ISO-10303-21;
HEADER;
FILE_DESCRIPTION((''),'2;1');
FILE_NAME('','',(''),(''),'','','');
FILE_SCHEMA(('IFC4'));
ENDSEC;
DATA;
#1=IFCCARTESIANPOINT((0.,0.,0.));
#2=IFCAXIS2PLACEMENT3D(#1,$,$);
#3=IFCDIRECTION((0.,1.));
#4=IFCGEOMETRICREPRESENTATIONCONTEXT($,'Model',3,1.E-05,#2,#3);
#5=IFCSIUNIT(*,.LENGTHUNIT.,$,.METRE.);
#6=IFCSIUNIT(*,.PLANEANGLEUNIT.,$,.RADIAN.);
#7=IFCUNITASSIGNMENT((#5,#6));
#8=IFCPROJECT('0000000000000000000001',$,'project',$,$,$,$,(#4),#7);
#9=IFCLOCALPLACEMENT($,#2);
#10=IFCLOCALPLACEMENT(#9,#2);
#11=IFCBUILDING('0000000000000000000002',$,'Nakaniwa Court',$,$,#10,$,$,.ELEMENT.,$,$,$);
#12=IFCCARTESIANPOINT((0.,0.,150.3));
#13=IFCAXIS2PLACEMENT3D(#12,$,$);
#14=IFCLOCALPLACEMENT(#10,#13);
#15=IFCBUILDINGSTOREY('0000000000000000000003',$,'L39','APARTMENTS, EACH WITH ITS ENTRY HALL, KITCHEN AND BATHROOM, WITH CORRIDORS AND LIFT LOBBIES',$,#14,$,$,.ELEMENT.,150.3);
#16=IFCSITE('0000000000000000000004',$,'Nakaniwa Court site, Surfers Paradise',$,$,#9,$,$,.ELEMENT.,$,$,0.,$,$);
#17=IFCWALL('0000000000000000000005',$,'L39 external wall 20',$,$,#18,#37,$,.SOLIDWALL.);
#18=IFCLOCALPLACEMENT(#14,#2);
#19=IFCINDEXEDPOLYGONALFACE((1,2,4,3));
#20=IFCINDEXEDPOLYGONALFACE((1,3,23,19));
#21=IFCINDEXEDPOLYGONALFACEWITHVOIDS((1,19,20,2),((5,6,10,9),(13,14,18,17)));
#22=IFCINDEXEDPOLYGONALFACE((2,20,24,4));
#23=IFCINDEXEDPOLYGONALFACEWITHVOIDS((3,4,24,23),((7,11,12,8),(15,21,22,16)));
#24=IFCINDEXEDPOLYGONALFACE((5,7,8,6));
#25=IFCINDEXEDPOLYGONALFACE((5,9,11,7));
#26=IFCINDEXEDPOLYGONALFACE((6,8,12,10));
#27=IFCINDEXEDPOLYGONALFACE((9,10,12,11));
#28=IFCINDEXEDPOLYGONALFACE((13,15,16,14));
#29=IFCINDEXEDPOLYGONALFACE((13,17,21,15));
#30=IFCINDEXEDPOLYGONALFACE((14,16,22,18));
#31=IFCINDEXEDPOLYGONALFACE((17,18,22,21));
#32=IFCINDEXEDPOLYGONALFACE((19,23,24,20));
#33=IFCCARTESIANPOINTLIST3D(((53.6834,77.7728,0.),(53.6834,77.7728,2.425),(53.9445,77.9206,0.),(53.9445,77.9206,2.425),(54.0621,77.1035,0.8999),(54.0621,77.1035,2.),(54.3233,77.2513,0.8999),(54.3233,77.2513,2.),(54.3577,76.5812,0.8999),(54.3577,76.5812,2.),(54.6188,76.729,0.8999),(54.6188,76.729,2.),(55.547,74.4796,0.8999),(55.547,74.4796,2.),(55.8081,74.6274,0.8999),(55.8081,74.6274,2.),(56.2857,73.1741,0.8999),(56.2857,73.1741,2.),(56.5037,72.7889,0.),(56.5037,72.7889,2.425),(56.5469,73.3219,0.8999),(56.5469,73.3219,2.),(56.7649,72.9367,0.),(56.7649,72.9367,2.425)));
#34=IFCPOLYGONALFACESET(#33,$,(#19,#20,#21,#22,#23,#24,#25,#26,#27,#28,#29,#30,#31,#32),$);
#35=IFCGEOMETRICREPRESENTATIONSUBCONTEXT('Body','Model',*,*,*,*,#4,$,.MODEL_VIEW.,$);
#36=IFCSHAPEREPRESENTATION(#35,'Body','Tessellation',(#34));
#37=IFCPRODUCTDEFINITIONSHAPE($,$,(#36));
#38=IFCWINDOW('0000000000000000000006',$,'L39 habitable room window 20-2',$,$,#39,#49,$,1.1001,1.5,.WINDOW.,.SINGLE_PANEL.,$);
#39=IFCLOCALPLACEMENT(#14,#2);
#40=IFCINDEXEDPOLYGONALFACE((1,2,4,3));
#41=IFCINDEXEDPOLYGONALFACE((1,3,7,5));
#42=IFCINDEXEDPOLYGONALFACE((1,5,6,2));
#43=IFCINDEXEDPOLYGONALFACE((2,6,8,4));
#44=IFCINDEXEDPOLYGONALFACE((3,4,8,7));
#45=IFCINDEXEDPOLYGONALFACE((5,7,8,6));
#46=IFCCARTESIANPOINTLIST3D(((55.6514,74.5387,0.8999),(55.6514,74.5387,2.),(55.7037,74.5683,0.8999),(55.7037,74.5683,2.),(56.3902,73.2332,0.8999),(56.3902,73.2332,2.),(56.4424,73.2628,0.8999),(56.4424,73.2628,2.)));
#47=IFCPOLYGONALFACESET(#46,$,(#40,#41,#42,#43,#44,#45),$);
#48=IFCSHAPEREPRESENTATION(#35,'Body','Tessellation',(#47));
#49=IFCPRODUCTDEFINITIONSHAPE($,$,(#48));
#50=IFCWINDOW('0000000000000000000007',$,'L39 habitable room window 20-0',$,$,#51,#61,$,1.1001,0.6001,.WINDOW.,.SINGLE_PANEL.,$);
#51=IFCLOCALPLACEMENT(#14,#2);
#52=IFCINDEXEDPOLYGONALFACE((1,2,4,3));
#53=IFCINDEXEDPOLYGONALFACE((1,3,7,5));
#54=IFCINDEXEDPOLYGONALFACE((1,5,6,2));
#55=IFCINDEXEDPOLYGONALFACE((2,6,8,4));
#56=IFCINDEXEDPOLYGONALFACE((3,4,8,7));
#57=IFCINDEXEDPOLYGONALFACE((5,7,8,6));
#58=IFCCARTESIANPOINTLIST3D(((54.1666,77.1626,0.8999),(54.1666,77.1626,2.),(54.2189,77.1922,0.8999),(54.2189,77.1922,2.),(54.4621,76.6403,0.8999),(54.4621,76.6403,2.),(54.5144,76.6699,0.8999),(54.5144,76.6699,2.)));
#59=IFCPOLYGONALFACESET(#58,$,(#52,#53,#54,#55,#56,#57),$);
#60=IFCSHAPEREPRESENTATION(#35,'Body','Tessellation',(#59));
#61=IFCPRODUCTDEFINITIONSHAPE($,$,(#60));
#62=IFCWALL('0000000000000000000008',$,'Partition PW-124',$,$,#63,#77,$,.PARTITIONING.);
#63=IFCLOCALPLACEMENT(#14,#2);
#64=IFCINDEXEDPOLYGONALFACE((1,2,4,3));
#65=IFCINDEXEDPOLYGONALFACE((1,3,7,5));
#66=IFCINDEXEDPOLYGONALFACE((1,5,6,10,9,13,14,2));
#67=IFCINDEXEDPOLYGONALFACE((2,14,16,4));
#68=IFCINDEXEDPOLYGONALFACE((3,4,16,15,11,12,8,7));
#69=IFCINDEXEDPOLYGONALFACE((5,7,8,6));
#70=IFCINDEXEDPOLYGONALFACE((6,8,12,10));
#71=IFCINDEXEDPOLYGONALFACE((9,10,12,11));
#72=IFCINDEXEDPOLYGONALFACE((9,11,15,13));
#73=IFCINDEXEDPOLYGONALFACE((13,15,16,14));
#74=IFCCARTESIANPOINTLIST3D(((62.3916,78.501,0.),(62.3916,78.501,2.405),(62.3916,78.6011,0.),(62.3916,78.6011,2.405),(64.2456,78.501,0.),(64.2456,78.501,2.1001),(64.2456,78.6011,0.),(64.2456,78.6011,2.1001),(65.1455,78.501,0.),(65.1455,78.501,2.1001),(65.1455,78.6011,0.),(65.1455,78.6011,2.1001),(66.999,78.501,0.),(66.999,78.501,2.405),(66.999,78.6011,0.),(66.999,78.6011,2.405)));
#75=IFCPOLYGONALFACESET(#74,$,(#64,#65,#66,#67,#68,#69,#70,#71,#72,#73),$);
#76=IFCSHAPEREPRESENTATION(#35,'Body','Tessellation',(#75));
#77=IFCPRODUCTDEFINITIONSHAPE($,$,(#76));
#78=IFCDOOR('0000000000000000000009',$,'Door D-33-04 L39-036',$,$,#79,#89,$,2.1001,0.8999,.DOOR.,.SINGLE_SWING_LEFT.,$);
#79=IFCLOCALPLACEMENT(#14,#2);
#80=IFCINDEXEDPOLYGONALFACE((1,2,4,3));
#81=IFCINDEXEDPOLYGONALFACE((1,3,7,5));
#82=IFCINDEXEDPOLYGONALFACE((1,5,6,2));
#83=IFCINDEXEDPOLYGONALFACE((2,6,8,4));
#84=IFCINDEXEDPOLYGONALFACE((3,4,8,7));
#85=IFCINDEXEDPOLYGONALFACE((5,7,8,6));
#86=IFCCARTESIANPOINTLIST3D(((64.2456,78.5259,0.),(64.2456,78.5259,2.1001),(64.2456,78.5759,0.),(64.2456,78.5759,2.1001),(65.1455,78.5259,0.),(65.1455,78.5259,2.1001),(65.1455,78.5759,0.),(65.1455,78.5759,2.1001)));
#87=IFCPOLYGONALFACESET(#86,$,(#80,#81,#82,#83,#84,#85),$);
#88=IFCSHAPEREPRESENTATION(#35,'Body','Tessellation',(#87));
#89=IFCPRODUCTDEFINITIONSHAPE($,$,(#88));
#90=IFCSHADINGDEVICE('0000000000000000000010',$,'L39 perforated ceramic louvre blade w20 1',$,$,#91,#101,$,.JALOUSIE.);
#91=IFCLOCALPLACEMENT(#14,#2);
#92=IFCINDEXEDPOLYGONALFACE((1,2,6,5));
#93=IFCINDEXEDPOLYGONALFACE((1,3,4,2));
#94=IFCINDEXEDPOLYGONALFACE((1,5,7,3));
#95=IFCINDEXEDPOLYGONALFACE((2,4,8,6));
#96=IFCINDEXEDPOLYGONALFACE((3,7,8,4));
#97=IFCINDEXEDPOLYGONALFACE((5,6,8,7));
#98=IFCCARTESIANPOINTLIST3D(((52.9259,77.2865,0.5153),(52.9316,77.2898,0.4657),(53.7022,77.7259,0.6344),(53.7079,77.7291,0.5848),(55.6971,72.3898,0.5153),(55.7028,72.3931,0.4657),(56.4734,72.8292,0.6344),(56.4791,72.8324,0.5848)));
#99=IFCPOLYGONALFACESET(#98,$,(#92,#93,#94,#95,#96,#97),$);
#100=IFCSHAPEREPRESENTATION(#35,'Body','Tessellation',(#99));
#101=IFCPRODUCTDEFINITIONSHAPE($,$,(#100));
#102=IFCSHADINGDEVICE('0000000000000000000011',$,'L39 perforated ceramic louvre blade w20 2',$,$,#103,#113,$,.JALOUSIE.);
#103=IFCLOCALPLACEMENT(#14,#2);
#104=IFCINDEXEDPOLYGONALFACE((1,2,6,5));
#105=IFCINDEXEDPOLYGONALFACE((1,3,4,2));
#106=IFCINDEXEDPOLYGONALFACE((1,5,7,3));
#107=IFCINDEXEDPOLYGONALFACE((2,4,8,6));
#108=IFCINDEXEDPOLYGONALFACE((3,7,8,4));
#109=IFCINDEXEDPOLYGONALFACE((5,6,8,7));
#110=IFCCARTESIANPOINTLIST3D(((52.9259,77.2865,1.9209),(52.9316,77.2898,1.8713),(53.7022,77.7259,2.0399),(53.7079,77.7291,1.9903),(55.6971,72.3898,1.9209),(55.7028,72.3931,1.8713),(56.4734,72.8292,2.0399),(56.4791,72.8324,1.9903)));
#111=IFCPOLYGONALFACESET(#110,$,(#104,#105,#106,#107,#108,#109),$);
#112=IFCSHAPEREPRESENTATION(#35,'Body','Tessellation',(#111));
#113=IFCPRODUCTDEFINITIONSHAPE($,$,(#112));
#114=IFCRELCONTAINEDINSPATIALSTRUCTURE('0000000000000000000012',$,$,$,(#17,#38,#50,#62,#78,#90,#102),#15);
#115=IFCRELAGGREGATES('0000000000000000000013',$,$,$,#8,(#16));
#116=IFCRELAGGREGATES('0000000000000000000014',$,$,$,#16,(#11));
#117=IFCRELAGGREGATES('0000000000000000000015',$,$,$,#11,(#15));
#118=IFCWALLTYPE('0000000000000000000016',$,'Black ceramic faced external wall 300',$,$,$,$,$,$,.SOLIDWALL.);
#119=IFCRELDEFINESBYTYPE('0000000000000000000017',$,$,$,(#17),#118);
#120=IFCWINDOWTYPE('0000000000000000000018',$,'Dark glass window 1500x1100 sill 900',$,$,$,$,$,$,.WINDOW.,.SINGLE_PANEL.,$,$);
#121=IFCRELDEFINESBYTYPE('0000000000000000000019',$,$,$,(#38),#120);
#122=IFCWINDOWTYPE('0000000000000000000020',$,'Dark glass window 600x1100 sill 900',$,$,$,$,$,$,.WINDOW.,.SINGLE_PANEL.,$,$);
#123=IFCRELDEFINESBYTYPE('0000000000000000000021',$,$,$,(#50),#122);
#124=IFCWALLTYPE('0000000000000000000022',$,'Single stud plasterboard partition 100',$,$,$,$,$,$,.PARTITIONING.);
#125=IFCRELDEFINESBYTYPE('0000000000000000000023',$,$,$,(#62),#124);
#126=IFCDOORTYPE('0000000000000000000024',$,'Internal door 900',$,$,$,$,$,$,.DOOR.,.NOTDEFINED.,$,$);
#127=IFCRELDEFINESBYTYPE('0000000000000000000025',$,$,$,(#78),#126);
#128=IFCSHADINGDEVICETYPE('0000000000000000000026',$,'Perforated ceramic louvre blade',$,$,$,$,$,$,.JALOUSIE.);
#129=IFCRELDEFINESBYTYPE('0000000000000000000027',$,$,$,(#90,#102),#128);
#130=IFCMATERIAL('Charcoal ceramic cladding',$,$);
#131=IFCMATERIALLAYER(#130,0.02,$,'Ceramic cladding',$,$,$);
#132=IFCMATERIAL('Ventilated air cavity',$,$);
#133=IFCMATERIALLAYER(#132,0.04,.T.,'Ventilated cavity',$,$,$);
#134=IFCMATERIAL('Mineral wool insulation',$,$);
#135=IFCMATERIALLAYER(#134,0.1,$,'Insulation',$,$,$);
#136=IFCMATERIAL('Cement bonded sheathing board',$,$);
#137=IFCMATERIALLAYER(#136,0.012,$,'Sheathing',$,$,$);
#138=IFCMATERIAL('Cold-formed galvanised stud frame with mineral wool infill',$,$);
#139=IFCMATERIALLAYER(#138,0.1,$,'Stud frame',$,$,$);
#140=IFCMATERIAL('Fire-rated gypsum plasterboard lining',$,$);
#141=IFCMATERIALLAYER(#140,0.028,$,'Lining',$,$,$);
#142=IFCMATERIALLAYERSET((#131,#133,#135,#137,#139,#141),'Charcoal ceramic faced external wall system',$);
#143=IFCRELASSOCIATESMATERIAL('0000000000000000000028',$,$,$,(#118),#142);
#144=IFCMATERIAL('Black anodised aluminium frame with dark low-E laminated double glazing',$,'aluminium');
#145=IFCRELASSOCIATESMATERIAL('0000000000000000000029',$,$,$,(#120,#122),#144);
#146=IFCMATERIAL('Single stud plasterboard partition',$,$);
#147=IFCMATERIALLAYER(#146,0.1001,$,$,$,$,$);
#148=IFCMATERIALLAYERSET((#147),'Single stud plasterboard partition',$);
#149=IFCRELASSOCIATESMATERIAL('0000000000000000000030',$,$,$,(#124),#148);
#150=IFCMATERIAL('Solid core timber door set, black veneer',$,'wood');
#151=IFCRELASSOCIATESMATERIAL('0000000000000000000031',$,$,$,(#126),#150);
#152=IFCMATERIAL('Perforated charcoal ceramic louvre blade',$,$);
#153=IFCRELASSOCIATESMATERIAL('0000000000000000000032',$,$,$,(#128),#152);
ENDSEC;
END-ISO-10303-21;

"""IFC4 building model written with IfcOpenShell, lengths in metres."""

from ifc_helpers import new_model, si_unit, direction, frame, frame_2d, origin, origin_2d, place, context, subcontext, project, spatial, rectangle, extrude, material, layer, layer_set, material_profile, profile_set, type_object, element, fill, save


model = new_model("IFC4")

# Units and contexts
model_context = context("Model", 3, precision=1e-05, world=origin(), true_north=direction((0.0, 1.0)))
body_context = subcontext(model_context, "Body", "Model", "MODEL_VIEW")
ifc_project = project(units=[si_unit("LENGTHUNIT", "METRE"), si_unit("PLANEANGLEUNIT", "RADIAN")], contexts=[model_context])

# Site, building, storey
site_placement = place(None, origin())
site = spatial("IfcSite", under=ifc_project, at=site_placement, Name="Nakaniwa Court site, Surfers Paradise", CompositionType="ELEMENT", RefElevation=0.0)
building_placement = place(site_placement, origin())
building = spatial("IfcBuilding", under=site, at=building_placement, Name="Nakaniwa Court", CompositionType="ELEMENT")
storey_placement = place(building_placement, frame((0.0, 0.0, 150.3)))
storey = spatial("IfcBuildingStorey", under=building, at=storey_placement, Name="L39", Description="APARTMENTS, EACH WITH ITS ENTRY HALL, KITCHEN AND BATHROOM, WITH CORRIDORS AND LIFT LOBBIES", CompositionType="ELEMENT", Elevation=150.3)

# Shared definitions
ifc_material_1 = material(Name="Charcoal ceramic cladding")
ifc_layer_1 = layer(ifc_material_1, 0.02, Name="Ceramic cladding")
ifc_material_2 = material(Name="Ventilated air cavity")
ifc_layer_2 = layer(ifc_material_2, 0.04, ventilated=True, Name="Ventilated cavity")
ifc_material_3 = material(Name="Mineral wool insulation")
ifc_layer_3 = layer(ifc_material_3, 0.1, Name="Insulation")
ifc_material_4 = material(Name="Cement bonded sheathing board")
ifc_layer_4 = layer(ifc_material_4, 0.012, Name="Sheathing")
ifc_material_5 = material(Name="Cold-formed galvanised stud frame with mineral wool infill")
ifc_layer_5 = layer(ifc_material_5, 0.1, Name="Stud frame")
ifc_material_6 = material(Name="Fire-rated gypsum plasterboard lining")
ifc_layer_6 = layer(ifc_material_6, 0.028, Name="Lining")
ifc_layer_set_1 = layer_set([ifc_layer_1, ifc_layer_2, ifc_layer_3, ifc_layer_4, ifc_layer_5, ifc_layer_6], Name="Charcoal ceramic faced external wall system")
wall_type_1 = type_object("IfcWallType", Name="Black ceramic faced external wall 300", PredefinedType="SOLIDWALL", material=ifc_layer_set_1)
ifc_material_7 = material(Name="Black anodised aluminium frame with dark low-E laminated double glazing", Category="aluminium")
window_type_1 = type_object("IfcWindowType", Name="Dark glass window 1500x1100 sill 900", PartitioningType="SINGLE_PANEL", PredefinedType="WINDOW", material=ifc_material_7)

# Wall, openings, windows
wall_1_placement = place(storey_placement, frame((53.814, 77.8467, 0.0), z_axis=(0.0, 0.0, 1.0), x_axis=(0.492498, -0.870313, 0.0)))
wall_1 = element("IfcWall", 1, at=wall_1_placement, inside=storey, type_object=wall_type_1, Name="L39 external wall 20", PredefinedType="SOLIDWALL", context=body_context, shape_type="SweptSolid", body=[
    extrude(rectangle(XDim=5.7266, YDim=0.3, at=frame_2d((2.8633, 0.0))), origin(), (0.0, 0.0, 1.0), 2.425),
])
opening_1_placement = place(wall_1_placement, frame((0.769, 0.0, 0.8999)))
opening_1 = element("IfcOpeningElement", 2, at=opening_1_placement, cuts=wall_1, PredefinedType="OPENING", context=body_context, shape_type="SweptSolid", body=[
    extrude(rectangle(XDim=0.6001, YDim=1.1001, at=frame_2d((0.3, 0.55))), frame((0.0, 0.1599, 0.0), z_axis=(0.0, -1.0, 0.0), x_axis=(1.0, 0.0, 0.0)), (0.0, 0.0, 1.0), 0.3201),
])
opening_2_placement = place(wall_1_placement, frame((3.7839, 0.0, 0.8999)))
opening_2 = element("IfcOpeningElement", 3, at=opening_2_placement, cuts=wall_1, PredefinedType="OPENING", context=body_context, shape_type="SweptSolid", body=[
    extrude(rectangle(XDim=1.5, YDim=1.1001, at=frame_2d((0.75, 0.55))), frame((0.0, 0.1599, 0.0), z_axis=(0.0, -1.0, 0.0), x_axis=(1.0, 0.0, 0.0)), (0.0, 0.0, 1.0), 0.3201),
])
window_1_placement = place(opening_2_placement, origin())
window_1 = element("IfcWindow", 4, at=window_1_placement, inside=storey, type_object=window_type_1, Name="L39 habitable room window 20-2", OverallHeight=1.1001, OverallWidth=1.5, PartitioningType="SINGLE_PANEL", PredefinedType="WINDOW", context=body_context, shape_type="SweptSolid", body=[
    extrude(rectangle(XDim=1.5, YDim=1.1001, at=frame_2d((0.75, 0.55))), frame((0.0, 0.03, 0.0), z_axis=(0.0, -1.0, 0.0), x_axis=(1.0, 0.0, 0.0)), (0.0, 0.0, 1.0), 0.0601),
])
fill(opening_2, window_1)
window_type_2 = type_object("IfcWindowType", Name="Dark glass window 600x1100 sill 900", PartitioningType="SINGLE_PANEL", PredefinedType="WINDOW", material=ifc_material_7)
window_2_placement = place(opening_1_placement, origin())
window_2 = element("IfcWindow", 5, at=window_2_placement, inside=storey, type_object=window_type_2, Name="L39 habitable room window 20-0", OverallHeight=1.1001, OverallWidth=0.6001, PartitioningType="SINGLE_PANEL", PredefinedType="WINDOW", context=body_context, shape_type="SweptSolid", body=[
    extrude(rectangle(XDim=0.6001, YDim=1.1001, at=frame_2d((0.3, 0.55))), frame((0.0, 0.03, 0.0), z_axis=(0.0, -1.0, 0.0), x_axis=(1.0, 0.0, 0.0)), (0.0, 0.0, 1.0), 0.0601),
])
fill(opening_1, window_2)

# Wall, opening, door
ifc_material_8 = material(Name="Single stud plasterboard partition")
ifc_layer_7 = layer(ifc_material_8, 0.1001)
ifc_layer_set_2 = layer_set([ifc_layer_7], Name="Single stud plasterboard partition")
wall_type_2 = type_object("IfcWallType", Name="Single stud plasterboard partition 100", PredefinedType="PARTITIONING", material=ifc_layer_set_2)
wall_2_placement = place(storey_placement, frame((62.3916, 78.551, 0.0), z_axis=(0.0, 0.0, 1.0), x_axis=(1.0, 0.0, 0.0)))
wall_2 = element("IfcWall", 6, at=wall_2_placement, inside=storey, type_object=wall_type_2, Name="Partition PW-124", PredefinedType="PARTITIONING", context=body_context, shape_type="SweptSolid", body=[
    extrude(rectangle(XDim=4.6074, YDim=0.1001, at=frame_2d((2.3037, 0.0))), origin(), (0.0, 0.0, 1.0), 2.405),
])
opening_3_placement = place(wall_2_placement, frame((1.854, 0.0, 0.0)))
opening_3 = element("IfcOpeningElement", 7, at=opening_3_placement, cuts=wall_2, PredefinedType="OPENING", context=body_context, shape_type="SweptSolid", body=[
    extrude(rectangle(XDim=0.8999, YDim=2.1001, at=frame_2d((0.45, 1.05))), frame((0.0, 0.0601, 0.0), z_axis=(0.0, -1.0, 0.0), x_axis=(1.0, 0.0, 0.0)), (0.0, 0.0, 1.0), 0.1201),
])
ifc_material_9 = material(Name="Solid core timber door set, black veneer", Category="wood")
door_type = type_object("IfcDoorType", Name="Internal door 900", OperationType="NOTDEFINED", PredefinedType="DOOR", material=ifc_material_9)
door_placement = place(opening_3_placement, origin())
door = element("IfcDoor", 8, at=door_placement, inside=storey, type_object=door_type, Name="Door D-33-04 L39-036", OperationType="SINGLE_SWING_LEFT", OverallHeight=2.1001, OverallWidth=0.8999, PredefinedType="DOOR", context=body_context, shape_type="SweptSolid", body=[
    extrude(rectangle(XDim=0.8999, YDim=2.1001, at=frame_2d((0.45, 1.05))), frame((0.0, 0.0249, 0.0), z_axis=(0.0, -1.0, 0.0), x_axis=(1.0, 0.0, 0.0)), (0.0, 0.0, 1.0), 0.05),
])
fill(opening_3, door)

# Shading devices
ifc_material_10 = material(Name="Perforated charcoal ceramic louvre blade")
ifc_material_profile_1 = material_profile(ifc_material_10, rectangle(XDim=0.8999, YDim=0.05, at=origin_2d()), Name="Perforated ceramic louvre blade")
ifc_profile_set_1 = profile_set([ifc_material_profile_1], Name="Perforated charcoal ceramic louvre blade")
shading_device_type = type_object("IfcShadingDeviceType", Name="Perforated ceramic louvre blade", PredefinedType="JALOUSIE", material=ifc_profile_set_1)
for number, where, z_axis, x_axis, name in (
    (9, (53.3169, 77.5078, 0.55), (0.492532, -0.870294, 0.0), (0.862649, 0.488205, 0.132256), "L39 perforated ceramic louvre blade w20 1"),
    (10, (53.3169, 77.5078, 1.9556), (0.492532, -0.870294, 0.0), (0.862649, 0.488205, 0.132256), "L39 perforated ceramic louvre blade w20 2"),
):
    element("IfcShadingDevice", number, at=place(storey_placement, frame(where, z_axis=z_axis, x_axis=x_axis)), inside=storey, type_object=shading_device_type, Name=name, PredefinedType="JALOUSIE", context=body_context, shape_type="SweptSolid", body=[
        extrude(rectangle(XDim=0.8999, YDim=0.05, at=origin_2d()), origin(), (0.0, 0.0, 1.0), 5.6265),
    ])

save(model, "model.ifc")
